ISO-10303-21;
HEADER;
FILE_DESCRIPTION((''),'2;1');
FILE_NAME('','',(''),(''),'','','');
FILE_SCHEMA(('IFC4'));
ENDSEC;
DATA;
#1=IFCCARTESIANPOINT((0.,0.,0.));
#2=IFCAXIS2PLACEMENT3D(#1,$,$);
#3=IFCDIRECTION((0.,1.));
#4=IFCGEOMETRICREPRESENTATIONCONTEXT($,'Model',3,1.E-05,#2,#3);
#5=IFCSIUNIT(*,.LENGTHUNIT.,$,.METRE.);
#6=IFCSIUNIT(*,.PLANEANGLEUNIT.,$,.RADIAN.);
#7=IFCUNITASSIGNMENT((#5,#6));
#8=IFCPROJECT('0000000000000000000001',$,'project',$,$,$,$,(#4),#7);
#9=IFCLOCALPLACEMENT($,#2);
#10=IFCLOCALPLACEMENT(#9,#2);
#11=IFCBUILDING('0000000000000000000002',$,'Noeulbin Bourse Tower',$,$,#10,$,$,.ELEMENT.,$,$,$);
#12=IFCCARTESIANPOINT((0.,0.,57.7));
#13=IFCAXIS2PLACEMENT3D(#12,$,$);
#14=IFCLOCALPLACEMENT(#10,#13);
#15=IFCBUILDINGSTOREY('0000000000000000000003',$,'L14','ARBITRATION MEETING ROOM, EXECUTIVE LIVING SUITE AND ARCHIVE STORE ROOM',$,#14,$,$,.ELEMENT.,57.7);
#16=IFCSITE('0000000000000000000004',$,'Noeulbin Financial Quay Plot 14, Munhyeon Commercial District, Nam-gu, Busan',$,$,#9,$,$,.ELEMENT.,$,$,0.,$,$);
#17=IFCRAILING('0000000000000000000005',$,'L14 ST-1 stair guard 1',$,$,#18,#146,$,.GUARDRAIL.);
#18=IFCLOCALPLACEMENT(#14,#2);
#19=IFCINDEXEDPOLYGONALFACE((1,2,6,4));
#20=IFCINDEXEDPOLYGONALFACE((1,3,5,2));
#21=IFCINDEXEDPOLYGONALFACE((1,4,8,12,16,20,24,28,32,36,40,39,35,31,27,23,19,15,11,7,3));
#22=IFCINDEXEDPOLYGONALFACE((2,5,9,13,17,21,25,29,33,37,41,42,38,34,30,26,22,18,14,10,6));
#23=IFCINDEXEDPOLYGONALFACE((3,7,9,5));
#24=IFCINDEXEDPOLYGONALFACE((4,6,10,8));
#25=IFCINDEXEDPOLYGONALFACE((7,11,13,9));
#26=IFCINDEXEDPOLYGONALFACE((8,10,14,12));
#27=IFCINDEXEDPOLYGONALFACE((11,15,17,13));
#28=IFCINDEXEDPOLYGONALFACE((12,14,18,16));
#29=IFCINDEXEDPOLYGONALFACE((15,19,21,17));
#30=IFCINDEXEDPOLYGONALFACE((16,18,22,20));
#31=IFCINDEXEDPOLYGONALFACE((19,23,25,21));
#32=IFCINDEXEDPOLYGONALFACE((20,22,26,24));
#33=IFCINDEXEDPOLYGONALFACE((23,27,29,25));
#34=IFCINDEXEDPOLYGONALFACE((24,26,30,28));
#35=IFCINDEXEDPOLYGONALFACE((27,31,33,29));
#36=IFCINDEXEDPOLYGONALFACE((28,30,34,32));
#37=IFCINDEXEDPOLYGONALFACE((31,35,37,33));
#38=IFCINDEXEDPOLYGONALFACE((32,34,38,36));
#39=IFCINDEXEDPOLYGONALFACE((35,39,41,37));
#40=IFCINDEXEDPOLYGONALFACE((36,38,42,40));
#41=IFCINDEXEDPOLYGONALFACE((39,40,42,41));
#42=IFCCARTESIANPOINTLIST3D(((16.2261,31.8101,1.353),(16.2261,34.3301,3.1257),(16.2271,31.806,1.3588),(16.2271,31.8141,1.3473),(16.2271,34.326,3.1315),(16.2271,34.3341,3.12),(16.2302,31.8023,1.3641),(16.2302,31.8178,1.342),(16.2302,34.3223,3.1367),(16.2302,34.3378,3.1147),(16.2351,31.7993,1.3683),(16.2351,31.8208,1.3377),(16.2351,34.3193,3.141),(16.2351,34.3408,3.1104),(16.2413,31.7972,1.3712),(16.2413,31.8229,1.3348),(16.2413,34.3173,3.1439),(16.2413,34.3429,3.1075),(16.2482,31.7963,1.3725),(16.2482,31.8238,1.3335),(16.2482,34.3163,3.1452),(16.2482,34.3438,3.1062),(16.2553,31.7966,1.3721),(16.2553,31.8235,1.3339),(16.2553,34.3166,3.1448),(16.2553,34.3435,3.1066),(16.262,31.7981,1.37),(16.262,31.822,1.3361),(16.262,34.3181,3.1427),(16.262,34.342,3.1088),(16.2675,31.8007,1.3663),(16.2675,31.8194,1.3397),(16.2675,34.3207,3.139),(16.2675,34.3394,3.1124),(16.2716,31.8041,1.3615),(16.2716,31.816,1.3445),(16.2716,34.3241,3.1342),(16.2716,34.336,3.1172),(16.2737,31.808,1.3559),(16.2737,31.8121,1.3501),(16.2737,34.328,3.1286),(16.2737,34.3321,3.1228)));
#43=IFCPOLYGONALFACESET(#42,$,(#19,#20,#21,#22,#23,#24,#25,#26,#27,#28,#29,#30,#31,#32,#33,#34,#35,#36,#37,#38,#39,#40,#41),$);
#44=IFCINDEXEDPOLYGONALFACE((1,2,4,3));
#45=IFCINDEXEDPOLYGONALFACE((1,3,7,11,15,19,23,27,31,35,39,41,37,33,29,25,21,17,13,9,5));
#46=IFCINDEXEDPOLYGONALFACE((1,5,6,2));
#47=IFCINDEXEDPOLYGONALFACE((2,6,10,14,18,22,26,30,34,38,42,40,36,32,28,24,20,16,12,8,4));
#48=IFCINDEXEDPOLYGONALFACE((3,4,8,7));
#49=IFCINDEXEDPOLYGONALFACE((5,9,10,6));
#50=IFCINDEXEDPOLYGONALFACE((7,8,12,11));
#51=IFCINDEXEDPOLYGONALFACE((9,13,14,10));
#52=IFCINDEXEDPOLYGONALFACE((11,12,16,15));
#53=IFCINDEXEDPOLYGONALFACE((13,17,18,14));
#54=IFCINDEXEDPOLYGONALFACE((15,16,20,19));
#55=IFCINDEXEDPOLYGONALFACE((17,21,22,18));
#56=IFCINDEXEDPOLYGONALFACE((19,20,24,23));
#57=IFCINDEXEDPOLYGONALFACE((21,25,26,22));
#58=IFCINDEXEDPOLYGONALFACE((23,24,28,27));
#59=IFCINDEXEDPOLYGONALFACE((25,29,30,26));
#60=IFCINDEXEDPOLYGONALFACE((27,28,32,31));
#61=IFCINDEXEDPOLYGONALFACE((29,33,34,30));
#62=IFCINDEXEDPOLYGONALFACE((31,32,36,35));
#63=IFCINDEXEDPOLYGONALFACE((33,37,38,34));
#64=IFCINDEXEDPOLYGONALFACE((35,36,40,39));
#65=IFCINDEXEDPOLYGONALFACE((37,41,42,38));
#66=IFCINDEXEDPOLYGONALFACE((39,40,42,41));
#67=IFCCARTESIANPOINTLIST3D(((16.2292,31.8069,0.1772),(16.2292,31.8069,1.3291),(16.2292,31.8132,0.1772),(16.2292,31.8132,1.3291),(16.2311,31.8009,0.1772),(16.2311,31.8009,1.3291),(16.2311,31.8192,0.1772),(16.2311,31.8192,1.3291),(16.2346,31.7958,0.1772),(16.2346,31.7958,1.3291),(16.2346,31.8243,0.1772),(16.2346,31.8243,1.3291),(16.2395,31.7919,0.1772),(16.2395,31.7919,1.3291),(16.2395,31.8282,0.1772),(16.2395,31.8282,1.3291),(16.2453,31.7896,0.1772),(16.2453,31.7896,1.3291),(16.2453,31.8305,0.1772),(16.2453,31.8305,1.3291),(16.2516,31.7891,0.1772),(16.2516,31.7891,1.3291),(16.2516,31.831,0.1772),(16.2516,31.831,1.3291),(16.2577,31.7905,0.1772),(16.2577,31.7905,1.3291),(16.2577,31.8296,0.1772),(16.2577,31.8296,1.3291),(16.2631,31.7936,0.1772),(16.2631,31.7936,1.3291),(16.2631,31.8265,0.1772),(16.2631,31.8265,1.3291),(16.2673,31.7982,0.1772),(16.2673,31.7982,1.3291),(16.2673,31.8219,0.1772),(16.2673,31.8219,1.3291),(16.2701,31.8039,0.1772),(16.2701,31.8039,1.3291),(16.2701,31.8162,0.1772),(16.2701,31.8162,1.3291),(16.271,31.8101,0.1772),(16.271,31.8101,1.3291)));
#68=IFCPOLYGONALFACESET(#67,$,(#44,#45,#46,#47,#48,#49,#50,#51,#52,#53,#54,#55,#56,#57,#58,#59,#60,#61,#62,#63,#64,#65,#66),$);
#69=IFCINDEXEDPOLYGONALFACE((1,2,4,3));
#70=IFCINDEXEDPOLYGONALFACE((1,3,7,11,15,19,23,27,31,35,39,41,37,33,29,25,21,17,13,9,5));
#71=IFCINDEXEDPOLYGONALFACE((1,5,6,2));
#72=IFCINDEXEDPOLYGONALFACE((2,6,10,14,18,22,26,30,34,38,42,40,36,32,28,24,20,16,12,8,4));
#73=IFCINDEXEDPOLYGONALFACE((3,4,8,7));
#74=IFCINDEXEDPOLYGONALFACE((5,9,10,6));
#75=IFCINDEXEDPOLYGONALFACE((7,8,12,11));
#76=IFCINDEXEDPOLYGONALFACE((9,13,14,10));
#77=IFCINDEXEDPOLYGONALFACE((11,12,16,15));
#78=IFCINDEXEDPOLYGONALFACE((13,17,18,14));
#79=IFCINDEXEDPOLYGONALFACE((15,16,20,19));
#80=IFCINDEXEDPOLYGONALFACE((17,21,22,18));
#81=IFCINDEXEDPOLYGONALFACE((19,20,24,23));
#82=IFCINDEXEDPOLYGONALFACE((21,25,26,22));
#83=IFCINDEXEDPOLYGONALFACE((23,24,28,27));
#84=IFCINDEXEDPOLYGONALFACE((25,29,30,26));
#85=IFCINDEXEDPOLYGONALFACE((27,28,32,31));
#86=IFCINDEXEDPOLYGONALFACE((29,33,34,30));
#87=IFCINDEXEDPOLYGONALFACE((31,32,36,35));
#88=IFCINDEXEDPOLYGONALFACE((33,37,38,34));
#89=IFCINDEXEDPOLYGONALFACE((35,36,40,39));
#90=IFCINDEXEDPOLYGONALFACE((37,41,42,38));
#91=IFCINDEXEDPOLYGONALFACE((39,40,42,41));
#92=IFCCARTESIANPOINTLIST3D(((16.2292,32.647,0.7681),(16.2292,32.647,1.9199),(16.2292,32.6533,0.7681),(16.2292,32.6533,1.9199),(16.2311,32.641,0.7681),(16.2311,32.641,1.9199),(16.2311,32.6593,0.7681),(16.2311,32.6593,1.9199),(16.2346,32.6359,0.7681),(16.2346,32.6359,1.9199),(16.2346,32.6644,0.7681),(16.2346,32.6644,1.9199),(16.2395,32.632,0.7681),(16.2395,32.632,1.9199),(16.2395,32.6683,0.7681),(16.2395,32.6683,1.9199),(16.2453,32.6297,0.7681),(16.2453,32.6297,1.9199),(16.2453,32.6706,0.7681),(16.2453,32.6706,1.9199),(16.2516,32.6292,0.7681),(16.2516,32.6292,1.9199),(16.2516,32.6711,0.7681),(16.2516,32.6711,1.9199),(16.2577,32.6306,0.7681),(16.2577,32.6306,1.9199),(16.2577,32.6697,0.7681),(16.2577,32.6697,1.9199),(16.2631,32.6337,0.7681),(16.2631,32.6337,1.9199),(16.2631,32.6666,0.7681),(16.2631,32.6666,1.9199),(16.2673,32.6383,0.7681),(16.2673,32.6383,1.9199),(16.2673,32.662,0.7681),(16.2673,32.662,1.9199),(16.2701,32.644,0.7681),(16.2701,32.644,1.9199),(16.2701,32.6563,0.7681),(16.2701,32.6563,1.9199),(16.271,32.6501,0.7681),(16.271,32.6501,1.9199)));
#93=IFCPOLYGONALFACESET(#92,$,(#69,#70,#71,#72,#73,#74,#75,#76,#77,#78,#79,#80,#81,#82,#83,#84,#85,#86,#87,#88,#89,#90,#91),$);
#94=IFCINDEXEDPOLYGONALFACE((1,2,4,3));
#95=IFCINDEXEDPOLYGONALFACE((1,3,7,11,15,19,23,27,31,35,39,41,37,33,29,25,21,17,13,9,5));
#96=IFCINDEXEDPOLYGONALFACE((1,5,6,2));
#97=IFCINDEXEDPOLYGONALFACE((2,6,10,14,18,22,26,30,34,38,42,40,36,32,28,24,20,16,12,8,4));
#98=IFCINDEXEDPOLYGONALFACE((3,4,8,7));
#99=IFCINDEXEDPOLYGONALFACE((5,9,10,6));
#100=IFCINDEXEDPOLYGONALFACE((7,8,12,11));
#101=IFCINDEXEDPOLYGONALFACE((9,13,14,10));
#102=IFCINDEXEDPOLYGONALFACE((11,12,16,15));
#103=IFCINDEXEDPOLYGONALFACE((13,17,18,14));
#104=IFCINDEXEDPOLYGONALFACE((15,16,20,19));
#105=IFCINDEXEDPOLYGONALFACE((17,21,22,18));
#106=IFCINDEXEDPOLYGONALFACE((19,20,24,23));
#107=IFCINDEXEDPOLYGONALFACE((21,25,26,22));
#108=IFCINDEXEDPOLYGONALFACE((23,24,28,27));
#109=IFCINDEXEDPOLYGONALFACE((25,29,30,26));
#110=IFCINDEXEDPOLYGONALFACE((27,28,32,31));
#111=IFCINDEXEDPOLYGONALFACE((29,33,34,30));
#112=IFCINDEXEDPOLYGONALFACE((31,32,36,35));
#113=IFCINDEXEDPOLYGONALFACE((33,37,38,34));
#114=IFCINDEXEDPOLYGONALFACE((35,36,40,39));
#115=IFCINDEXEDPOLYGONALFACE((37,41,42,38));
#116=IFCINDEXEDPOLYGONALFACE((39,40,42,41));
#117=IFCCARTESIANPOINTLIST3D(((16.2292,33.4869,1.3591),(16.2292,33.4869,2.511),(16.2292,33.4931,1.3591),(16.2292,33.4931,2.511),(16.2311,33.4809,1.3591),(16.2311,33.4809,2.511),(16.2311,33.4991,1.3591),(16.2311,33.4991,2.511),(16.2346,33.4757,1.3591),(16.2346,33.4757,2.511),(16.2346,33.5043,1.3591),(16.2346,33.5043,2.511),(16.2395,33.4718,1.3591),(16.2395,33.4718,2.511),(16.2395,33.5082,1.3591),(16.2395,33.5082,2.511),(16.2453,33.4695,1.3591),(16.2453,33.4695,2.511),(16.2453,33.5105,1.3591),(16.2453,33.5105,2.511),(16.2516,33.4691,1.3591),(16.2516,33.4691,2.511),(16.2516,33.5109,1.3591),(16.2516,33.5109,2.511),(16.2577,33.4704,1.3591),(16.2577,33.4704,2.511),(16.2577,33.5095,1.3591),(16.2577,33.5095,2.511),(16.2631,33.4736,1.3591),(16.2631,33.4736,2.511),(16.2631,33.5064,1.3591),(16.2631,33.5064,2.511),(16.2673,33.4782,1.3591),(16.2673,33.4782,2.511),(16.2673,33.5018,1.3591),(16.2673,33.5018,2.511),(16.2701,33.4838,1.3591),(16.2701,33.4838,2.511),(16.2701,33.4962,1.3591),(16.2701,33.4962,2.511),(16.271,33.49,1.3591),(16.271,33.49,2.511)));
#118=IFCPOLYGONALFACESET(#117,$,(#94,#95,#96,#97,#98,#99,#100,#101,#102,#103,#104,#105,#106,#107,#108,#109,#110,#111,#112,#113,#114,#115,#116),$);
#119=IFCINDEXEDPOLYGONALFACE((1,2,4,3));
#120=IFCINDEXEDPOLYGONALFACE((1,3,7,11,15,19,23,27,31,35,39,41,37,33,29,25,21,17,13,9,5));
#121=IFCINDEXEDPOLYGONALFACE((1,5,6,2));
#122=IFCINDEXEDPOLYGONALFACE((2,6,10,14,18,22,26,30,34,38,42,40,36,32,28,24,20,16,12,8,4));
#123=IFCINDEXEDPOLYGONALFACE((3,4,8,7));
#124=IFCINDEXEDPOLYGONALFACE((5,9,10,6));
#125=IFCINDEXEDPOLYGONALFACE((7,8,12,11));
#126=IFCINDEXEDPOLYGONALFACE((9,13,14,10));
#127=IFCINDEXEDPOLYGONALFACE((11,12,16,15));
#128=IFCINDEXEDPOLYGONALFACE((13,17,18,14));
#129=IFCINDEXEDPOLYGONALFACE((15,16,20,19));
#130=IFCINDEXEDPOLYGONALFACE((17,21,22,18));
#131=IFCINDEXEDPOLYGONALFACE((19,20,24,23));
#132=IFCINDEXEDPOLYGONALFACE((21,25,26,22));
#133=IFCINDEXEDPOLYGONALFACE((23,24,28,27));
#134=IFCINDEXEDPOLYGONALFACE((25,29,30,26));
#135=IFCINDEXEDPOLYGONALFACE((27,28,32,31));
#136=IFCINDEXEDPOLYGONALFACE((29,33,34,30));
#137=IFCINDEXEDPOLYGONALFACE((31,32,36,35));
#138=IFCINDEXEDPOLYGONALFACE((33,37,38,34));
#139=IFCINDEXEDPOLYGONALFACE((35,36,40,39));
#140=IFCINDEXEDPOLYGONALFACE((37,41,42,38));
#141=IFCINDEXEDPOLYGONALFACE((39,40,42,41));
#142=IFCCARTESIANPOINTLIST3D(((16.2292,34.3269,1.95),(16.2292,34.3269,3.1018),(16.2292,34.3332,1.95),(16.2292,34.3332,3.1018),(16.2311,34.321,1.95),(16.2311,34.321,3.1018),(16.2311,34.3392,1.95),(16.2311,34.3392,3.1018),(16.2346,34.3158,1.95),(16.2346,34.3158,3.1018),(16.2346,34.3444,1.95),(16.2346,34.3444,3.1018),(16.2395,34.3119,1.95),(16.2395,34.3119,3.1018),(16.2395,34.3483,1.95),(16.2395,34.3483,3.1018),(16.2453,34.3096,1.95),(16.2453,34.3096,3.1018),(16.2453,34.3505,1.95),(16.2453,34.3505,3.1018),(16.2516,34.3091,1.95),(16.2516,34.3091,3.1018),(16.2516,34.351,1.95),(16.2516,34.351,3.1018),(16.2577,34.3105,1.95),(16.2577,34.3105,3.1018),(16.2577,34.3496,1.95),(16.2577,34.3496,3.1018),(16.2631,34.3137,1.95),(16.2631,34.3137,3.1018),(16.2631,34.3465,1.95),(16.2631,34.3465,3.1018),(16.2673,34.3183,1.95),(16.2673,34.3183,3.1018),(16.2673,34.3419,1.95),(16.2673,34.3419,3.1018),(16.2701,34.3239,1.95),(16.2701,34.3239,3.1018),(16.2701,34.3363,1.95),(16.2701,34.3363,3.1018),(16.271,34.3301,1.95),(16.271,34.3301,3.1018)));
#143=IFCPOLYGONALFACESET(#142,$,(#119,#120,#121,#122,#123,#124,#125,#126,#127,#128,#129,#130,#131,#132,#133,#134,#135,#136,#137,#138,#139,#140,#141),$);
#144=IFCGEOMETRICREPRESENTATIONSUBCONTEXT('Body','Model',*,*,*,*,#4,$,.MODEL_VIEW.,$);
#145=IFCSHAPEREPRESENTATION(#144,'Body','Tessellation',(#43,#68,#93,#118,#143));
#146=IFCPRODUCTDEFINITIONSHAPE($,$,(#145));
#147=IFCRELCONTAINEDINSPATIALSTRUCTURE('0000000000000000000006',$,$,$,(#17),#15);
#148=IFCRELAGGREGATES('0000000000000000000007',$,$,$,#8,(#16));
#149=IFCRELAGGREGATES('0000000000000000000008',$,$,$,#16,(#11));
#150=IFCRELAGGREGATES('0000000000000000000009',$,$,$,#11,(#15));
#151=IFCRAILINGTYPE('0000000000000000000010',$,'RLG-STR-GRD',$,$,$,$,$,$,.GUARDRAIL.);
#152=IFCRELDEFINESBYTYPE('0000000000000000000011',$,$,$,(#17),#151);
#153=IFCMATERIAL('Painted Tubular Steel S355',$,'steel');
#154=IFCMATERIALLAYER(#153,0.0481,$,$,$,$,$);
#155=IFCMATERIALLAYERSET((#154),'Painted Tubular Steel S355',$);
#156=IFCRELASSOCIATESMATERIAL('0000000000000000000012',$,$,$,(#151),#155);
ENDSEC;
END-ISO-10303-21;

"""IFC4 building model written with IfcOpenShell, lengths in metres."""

from ifc_helpers import new_model, si_unit, direction, frame, origin, origin_2d, place, context, subcontext, project, spatial, circle, extrude, material, layer, layer_set, type_object, element, save


model = new_model("IFC4")

# Units and contexts
model_context = context("Model", 3, precision=1e-05, world=origin(), true_north=direction((0.0, 1.0)))
body_context = subcontext(model_context, "Body", "Model", "MODEL_VIEW")
ifc_project = project(units=[si_unit("LENGTHUNIT", "METRE"), si_unit("PLANEANGLEUNIT", "RADIAN")], contexts=[model_context])

# Site, building, storey
site_placement = place(None, origin())
site = spatial("IfcSite", under=ifc_project, at=site_placement, Name="Noeulbin Financial Quay Plot 14, Munhyeon Commercial District, Nam-gu, Busan", CompositionType="ELEMENT", RefElevation=0.0)
building_placement = place(site_placement, origin())
building = spatial("IfcBuilding", under=site, at=building_placement, Name="Noeulbin Bourse Tower", CompositionType="ELEMENT")
storey_placement = place(building_placement, frame((0.0, 0.0, 57.7)))
storey = spatial("IfcBuildingStorey", under=building, at=storey_placement, Name="L14", Description="ARBITRATION MEETING ROOM, EXECUTIVE LIVING SUITE AND ARCHIVE STORE ROOM", CompositionType="ELEMENT", Elevation=57.7)

# Railing
ifc_material_1 = material(Name="Painted Tubular Steel S355", Category="steel")
ifc_layer_1 = layer(ifc_material_1, 0.0481)
ifc_layer_set_1 = layer_set([ifc_layer_1], Name="Painted Tubular Steel S355")
railing_type_1 = type_object("IfcRailingType", Name="RLG-STR-GRD", PredefinedType="GUARDRAIL", material=ifc_layer_set_1)
railing_1_placement = place(storey_placement, frame((16.25, 31.8101, 0.1772)))
element("IfcRailing", 1, at=railing_1_placement, inside=storey, type_object=railing_type_1, Name="L14 ST-1 stair guard 1", PredefinedType="GUARDRAIL", context=body_context, shape_type="SweptSolid", body=[
    extrude(circle(Radius=0.0239, at=origin_2d()), frame((0.0, 0.0, 1.1758), z_axis=(0.0, 0.817904, 0.575354), x_axis=(-1.0, 0.0, 0.0)), (0.0, 0.0, 1.0), 3.0811),
    extrude(circle(Radius=0.021, at=origin_2d()), origin(), (0.0, 0.0, 1.0), 1.1519),
    extrude(circle(Radius=0.021, at=origin_2d()), frame((0.0, 0.8401, 0.5908)), (0.0, 0.0, 1.0), 1.1519),
    extrude(circle(Radius=0.021, at=origin_2d()), frame((0.0, 1.6799, 1.1819)), (0.0, 0.0, 1.0), 1.1519),
    extrude(circle(Radius=0.021, at=origin_2d()), frame((0.0, 2.52, 1.7727)), (0.0, 0.0, 1.0), 1.1519),
])

save(model, "model.ifc")
